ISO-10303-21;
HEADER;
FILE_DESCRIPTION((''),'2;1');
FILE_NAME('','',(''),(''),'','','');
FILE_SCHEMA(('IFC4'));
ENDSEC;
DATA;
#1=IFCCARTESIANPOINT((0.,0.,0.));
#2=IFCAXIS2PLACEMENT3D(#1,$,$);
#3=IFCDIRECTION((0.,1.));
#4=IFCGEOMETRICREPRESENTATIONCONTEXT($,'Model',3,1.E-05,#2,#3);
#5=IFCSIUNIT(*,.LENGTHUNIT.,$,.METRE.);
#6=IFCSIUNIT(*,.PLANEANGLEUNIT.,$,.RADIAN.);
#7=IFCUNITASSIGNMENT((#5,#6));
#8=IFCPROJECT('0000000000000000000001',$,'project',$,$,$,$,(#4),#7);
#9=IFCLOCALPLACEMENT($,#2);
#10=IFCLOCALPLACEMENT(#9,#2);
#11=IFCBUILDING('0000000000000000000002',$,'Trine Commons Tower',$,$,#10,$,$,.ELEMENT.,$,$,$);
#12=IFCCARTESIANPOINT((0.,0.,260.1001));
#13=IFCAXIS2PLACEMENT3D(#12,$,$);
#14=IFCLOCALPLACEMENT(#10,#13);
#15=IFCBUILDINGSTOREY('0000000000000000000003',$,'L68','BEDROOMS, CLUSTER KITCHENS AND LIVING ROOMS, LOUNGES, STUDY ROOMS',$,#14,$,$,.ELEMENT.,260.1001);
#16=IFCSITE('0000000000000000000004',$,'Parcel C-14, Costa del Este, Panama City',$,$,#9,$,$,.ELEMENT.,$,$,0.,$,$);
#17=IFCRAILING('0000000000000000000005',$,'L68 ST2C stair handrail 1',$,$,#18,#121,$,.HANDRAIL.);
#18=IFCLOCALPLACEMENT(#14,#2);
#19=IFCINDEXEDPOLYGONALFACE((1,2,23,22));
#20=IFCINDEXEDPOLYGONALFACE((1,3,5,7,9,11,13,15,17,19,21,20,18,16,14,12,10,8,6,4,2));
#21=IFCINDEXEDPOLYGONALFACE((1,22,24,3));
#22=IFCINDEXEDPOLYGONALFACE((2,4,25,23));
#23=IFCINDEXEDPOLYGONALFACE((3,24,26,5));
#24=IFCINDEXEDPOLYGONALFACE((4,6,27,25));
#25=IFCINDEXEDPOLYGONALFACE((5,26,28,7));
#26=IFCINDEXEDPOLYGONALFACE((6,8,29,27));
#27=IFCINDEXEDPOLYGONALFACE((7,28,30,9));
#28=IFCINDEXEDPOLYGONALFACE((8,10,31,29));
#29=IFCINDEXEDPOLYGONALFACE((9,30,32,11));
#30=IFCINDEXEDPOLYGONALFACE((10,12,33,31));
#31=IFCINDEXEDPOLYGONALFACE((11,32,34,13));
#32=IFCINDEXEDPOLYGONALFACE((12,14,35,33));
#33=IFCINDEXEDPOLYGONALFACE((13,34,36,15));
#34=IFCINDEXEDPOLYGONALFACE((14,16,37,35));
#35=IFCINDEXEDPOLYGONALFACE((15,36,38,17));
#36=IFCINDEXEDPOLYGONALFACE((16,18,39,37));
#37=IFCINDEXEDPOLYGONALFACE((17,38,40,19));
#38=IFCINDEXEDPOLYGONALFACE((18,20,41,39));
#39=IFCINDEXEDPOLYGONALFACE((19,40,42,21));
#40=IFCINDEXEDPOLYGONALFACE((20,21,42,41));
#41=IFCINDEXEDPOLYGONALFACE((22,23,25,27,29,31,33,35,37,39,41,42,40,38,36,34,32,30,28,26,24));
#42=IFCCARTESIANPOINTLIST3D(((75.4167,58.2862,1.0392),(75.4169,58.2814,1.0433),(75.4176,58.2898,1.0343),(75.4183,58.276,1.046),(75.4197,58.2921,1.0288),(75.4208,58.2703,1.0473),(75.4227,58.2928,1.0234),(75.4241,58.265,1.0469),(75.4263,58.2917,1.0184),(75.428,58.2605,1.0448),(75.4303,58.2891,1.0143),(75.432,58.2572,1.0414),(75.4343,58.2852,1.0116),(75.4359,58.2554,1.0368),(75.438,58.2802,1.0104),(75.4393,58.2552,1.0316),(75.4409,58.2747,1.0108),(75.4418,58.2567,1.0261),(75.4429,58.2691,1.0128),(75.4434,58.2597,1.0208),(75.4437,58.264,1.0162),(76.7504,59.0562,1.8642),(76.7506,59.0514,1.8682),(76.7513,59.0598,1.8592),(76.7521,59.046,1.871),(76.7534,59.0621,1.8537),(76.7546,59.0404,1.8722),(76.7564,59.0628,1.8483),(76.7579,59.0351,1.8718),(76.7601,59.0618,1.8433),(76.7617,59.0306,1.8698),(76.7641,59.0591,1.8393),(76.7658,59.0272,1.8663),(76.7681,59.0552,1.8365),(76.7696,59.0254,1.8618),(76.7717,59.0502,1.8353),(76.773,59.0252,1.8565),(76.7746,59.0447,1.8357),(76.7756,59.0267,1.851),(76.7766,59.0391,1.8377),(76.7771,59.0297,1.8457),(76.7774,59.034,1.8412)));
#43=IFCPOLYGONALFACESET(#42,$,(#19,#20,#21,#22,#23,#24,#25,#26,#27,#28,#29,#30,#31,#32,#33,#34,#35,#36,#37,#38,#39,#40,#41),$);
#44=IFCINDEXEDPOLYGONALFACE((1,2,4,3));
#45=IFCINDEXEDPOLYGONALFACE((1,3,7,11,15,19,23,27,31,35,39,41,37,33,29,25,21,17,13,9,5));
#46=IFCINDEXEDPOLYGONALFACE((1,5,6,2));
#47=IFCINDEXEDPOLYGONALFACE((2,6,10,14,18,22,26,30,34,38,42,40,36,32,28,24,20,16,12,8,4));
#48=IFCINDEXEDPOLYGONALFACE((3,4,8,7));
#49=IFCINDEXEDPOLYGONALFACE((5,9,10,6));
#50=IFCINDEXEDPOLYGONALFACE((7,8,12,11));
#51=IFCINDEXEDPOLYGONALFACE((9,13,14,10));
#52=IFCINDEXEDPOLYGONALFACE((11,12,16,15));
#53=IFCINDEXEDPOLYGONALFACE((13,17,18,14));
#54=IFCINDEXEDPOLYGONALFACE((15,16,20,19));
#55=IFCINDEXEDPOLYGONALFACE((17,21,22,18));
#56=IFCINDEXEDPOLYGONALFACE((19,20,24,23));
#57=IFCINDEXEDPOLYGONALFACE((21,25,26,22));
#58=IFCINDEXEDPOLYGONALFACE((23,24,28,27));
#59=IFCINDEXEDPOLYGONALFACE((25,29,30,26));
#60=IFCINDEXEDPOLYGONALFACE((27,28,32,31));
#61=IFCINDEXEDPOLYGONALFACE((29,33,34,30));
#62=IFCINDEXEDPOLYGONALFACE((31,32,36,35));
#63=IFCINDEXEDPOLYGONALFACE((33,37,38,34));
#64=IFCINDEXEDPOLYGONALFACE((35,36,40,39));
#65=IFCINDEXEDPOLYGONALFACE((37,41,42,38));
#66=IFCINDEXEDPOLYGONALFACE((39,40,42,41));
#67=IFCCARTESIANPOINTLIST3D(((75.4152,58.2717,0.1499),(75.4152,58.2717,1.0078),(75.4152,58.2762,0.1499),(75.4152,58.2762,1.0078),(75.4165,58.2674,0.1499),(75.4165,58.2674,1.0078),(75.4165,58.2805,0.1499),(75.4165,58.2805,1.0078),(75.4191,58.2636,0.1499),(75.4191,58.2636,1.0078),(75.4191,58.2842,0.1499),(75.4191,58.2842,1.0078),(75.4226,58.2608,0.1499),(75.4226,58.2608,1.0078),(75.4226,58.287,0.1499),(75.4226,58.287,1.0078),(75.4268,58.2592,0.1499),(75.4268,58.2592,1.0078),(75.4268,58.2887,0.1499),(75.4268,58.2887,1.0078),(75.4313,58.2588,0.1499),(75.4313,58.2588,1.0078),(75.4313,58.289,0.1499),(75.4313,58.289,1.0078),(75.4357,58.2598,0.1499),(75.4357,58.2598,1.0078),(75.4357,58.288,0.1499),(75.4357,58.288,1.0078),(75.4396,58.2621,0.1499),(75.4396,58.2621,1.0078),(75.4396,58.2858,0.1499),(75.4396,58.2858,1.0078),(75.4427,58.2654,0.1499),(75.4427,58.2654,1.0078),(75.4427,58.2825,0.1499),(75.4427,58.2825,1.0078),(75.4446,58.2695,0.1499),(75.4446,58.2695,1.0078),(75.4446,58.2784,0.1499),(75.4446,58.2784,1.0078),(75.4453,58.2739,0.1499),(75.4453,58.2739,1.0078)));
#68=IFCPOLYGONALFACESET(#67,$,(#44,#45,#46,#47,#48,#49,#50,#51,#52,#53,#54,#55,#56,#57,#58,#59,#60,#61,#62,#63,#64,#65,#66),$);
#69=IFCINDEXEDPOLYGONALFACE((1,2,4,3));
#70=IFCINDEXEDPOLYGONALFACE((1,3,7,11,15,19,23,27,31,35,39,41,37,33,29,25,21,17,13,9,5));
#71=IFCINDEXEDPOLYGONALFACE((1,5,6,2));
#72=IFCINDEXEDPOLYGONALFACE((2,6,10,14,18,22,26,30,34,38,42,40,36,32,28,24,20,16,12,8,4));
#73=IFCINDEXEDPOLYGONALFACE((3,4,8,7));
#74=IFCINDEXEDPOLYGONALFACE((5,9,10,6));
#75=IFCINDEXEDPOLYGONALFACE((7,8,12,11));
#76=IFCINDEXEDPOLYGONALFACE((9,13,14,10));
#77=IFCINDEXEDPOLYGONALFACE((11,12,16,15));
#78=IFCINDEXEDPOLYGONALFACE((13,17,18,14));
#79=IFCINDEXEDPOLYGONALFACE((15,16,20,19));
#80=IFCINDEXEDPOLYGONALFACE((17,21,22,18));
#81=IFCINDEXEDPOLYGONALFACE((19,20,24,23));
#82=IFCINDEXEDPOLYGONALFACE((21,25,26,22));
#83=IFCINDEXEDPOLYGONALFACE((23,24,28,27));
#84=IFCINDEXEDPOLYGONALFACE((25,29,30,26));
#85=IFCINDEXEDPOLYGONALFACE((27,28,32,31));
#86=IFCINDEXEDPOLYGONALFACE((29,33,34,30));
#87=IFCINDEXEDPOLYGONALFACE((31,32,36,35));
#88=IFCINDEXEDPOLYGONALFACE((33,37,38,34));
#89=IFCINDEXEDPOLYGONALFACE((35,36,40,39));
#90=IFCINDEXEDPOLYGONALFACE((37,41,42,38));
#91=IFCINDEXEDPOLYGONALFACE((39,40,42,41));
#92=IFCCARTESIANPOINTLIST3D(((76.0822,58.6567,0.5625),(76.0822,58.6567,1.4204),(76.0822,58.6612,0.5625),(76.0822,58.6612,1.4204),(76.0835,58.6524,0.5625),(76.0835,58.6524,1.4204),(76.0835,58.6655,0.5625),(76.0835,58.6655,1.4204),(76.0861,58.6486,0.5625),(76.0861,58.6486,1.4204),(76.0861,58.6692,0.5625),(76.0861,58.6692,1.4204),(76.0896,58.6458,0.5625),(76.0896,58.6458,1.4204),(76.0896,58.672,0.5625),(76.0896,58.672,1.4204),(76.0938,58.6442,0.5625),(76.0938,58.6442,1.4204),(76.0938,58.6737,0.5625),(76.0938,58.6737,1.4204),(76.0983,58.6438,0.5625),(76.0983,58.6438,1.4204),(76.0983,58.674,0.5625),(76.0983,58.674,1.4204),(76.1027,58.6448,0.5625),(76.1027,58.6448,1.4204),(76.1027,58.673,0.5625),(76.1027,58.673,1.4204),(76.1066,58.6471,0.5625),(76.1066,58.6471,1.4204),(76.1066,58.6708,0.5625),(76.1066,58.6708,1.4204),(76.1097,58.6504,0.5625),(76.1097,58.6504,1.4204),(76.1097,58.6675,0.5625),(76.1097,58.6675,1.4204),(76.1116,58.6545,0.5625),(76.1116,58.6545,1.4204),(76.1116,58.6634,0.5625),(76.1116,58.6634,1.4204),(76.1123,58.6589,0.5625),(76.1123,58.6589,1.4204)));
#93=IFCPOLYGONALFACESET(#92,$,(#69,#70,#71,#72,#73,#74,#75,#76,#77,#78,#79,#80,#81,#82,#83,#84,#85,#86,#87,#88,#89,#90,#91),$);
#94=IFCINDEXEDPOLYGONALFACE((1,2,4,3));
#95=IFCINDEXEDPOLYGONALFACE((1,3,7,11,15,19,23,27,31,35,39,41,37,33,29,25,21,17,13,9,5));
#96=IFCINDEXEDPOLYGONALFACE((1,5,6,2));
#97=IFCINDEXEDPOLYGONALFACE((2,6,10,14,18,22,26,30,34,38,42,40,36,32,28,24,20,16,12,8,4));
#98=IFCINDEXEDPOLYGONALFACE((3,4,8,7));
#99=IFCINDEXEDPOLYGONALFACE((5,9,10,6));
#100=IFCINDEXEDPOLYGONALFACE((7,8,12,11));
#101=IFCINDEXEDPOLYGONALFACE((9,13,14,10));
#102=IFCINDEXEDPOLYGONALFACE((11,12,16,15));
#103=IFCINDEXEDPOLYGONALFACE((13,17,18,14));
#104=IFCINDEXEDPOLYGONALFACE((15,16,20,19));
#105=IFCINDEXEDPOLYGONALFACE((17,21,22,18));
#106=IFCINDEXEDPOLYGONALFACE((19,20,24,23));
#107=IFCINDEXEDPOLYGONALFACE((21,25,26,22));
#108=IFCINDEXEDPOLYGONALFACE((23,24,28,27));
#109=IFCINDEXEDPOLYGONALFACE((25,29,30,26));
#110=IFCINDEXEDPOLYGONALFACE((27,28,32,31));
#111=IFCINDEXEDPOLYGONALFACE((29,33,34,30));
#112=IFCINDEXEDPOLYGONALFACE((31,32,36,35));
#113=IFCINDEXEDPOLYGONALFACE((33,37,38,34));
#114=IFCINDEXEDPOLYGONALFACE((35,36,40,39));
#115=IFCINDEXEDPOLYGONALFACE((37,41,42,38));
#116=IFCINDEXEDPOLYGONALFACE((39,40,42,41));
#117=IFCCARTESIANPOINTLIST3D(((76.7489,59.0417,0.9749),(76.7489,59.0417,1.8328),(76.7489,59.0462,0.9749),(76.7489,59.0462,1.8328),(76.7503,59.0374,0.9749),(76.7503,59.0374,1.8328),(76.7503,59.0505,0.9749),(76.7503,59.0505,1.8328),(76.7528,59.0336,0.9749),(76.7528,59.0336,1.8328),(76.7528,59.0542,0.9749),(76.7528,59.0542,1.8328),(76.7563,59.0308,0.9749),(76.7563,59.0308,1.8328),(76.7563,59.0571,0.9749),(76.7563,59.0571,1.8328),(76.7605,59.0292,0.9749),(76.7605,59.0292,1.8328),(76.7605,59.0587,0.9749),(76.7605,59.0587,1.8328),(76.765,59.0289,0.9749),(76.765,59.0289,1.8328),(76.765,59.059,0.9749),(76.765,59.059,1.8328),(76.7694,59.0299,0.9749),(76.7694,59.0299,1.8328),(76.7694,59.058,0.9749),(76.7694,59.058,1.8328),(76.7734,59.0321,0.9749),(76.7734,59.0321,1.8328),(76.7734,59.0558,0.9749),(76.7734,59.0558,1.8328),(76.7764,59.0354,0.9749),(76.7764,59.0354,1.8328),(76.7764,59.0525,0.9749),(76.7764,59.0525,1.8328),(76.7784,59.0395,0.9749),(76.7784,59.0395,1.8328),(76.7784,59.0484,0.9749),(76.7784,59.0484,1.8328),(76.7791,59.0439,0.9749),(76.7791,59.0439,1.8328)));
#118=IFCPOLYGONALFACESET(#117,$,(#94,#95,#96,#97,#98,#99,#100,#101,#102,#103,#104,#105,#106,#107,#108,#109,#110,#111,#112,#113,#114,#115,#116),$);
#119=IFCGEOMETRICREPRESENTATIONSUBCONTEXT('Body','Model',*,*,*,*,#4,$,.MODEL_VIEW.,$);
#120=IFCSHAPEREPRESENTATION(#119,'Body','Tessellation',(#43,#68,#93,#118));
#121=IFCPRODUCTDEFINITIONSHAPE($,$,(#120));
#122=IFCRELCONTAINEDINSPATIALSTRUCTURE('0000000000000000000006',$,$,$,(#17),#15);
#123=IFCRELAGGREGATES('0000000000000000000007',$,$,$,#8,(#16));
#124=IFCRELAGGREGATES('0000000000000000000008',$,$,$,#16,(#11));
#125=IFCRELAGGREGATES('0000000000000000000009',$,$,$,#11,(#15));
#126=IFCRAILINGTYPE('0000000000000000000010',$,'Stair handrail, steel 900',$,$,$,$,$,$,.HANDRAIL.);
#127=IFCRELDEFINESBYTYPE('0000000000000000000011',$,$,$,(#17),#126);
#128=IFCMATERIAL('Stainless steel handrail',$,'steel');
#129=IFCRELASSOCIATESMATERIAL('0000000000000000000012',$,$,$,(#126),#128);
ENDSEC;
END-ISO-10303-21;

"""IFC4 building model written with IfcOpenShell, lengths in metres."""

from ifc_helpers import new_model, si_unit, direction, frame, origin, origin_2d, place, context, subcontext, project, spatial, circle, extrude, material, type_object, element, save


model = new_model("IFC4")

# Units and contexts
model_context = context("Model", 3, precision=1e-05, world=origin(), true_north=direction((0.0, 1.0)))
body_context = subcontext(model_context, "Body", "Model", "MODEL_VIEW")
ifc_project = project(units=[si_unit("LENGTHUNIT", "METRE"), si_unit("PLANEANGLEUNIT", "RADIAN")], contexts=[model_context])

# Site, building, storey
site_placement = place(None, origin())
site = spatial("IfcSite", under=ifc_project, at=site_placement, Name="Parcel C-14, Costa del Este, Panama City", CompositionType="ELEMENT", RefElevation=0.0)
building_placement = place(site_placement, origin())
building = spatial("IfcBuilding", under=site, at=building_placement, Name="Trine Commons Tower", CompositionType="ELEMENT")
storey_placement = place(building_placement, frame((0.0, 0.0, 260.1001)))
storey = spatial("IfcBuildingStorey", under=building, at=storey_placement, Name="L68", Description="BEDROOMS, CLUSTER KITCHENS AND LIVING ROOMS, LOUNGES, STUDY ROOMS", CompositionType="ELEMENT", Elevation=260.1001)

# Railing
ifc_material_1 = material(Name="Stainless steel handrail", Category="steel")
railing_type = type_object("IfcRailingType", Name="Stair handrail, steel 900", PredefinedType="HANDRAIL", material=ifc_material_1)
railing_placement = place(storey_placement, frame((75.4302, 58.2739, 0.1499)))
element("IfcRailing", 1, at=railing_placement, inside=storey, type_object=railing_type, Name="L68 ST2C stair handrail 1", PredefinedType="HANDRAIL", context=body_context, shape_type="SweptSolid", body=[
    extrude(circle(Radius=0.021, at=origin_2d()), frame((0.0, 0.0, 0.8789), z_axis=(0.763405, 0.440743, 0.472185), x_axis=(-0.499992, 0.86603, 0.0)), (0.0, 0.0, 1.0), 1.7471),
    extrude(circle(Radius=0.0151, at=origin_2d()), origin(), (0.0, 0.0, 1.0), 0.8579),
    extrude(circle(Radius=0.0151, at=origin_2d()), frame((0.667, 0.385, 0.4126)), (0.0, 0.0, 1.0), 0.8579),
    extrude(circle(Radius=0.0151, at=origin_2d()), frame((1.3337, 0.77, 0.825)), (0.0, 0.0, 1.0), 0.8579),
])

save(model, "model.ifc")
